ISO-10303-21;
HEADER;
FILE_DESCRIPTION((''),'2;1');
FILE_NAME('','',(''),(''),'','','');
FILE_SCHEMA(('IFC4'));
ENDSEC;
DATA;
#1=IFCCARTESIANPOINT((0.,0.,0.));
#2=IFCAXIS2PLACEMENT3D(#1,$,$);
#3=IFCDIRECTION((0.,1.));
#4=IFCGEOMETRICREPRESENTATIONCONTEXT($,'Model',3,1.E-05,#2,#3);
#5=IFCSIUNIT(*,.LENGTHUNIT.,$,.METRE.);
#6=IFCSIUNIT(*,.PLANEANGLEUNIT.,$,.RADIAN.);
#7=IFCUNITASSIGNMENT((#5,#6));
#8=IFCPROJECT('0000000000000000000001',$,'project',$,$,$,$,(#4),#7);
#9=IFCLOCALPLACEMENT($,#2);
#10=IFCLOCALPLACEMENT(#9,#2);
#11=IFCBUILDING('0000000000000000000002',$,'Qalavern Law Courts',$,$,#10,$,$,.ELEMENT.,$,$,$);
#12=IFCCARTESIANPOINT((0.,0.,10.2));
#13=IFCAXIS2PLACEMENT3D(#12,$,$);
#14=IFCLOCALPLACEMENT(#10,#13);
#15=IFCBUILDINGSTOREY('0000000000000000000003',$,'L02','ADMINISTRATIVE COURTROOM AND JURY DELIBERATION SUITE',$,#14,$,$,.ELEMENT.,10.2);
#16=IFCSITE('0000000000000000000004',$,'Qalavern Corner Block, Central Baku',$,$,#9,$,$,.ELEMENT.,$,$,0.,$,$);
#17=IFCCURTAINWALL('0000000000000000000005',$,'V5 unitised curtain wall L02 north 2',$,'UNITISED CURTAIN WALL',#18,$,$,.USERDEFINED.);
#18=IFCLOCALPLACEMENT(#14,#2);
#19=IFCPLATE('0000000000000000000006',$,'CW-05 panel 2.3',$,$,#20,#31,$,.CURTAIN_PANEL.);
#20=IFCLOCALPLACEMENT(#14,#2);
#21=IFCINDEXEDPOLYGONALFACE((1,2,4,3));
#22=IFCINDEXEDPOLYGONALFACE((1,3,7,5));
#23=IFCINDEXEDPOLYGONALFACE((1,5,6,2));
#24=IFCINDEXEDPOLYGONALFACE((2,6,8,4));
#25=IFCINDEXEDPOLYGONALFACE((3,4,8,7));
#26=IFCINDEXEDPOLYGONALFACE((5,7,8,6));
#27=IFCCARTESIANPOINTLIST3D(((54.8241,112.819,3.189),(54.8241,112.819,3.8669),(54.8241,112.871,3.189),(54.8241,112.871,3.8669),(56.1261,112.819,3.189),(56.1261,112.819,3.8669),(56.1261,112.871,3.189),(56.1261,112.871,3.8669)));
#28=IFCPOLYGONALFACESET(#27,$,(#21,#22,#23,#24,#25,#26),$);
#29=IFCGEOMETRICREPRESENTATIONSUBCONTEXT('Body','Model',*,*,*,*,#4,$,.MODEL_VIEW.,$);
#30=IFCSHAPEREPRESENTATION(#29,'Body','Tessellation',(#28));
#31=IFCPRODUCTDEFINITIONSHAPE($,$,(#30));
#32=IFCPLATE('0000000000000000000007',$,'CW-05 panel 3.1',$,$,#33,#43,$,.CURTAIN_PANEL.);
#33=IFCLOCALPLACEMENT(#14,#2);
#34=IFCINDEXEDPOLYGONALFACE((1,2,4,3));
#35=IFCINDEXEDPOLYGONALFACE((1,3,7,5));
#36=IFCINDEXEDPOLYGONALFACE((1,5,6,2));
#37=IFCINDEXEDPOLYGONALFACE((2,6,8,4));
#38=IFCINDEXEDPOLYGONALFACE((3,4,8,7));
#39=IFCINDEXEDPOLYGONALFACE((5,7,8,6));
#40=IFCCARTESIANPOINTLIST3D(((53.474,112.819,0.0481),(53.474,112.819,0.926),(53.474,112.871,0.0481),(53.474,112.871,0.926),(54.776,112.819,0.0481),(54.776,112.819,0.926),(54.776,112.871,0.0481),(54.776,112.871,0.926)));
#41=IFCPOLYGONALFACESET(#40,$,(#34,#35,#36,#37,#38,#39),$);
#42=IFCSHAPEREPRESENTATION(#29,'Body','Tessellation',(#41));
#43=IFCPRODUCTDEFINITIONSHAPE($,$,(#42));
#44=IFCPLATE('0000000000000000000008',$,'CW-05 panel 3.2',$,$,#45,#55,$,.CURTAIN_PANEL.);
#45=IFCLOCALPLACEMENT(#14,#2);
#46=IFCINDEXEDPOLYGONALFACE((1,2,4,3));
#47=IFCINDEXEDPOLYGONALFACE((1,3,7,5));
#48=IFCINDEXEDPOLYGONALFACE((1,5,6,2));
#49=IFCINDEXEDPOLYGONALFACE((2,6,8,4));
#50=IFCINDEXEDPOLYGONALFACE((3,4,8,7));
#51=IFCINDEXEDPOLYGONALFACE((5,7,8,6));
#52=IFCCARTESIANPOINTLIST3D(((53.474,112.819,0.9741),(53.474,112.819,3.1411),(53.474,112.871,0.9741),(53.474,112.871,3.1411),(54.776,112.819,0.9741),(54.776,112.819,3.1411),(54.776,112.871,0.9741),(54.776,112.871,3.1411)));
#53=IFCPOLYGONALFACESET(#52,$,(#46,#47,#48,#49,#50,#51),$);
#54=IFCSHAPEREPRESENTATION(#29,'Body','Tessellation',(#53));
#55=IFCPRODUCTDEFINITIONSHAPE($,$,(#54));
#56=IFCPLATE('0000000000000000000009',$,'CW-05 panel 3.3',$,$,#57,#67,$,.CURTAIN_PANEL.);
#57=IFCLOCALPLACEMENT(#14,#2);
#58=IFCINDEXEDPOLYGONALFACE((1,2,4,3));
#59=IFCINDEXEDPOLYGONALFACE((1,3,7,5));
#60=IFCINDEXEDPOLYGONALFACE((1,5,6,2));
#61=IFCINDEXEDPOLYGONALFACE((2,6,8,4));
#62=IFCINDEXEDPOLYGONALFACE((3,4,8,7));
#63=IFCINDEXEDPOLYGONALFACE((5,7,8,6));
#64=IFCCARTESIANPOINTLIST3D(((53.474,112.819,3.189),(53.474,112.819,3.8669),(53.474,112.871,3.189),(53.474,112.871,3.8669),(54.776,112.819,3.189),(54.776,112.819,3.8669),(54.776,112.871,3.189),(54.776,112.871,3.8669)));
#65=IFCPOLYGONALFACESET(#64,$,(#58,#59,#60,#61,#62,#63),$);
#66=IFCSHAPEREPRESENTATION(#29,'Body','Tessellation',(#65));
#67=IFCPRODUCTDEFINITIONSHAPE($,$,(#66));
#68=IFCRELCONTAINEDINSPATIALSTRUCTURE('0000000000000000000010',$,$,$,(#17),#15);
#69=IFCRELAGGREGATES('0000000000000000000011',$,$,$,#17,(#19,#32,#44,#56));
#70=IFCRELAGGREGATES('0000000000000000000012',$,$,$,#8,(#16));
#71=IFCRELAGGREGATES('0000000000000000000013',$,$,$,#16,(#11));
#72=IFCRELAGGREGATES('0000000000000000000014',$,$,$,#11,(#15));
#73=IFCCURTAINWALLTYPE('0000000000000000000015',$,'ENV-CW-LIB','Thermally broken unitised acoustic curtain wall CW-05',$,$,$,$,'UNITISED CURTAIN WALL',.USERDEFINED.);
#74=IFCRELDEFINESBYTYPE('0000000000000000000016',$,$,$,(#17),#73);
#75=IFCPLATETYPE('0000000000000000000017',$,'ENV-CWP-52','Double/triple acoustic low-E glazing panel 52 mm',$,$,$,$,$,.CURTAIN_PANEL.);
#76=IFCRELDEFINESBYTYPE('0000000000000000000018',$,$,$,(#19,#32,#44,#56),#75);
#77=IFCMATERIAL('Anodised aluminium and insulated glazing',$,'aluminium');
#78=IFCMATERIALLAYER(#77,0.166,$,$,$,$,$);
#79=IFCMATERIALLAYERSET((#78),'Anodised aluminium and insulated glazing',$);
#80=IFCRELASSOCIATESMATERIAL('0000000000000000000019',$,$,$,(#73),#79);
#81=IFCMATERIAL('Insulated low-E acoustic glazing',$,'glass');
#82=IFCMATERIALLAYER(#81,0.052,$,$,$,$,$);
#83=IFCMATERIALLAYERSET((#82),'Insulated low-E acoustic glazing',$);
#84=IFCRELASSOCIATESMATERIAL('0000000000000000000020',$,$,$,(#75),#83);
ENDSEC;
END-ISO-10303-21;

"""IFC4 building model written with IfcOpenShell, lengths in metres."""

from ifc_helpers import new_model, si_unit, direction, frame, origin, origin_2d, place, context, subcontext, project, spatial, rectangle, extrude, material, layer, layer_set, type_object, element, aggregate, save


model = new_model("IFC4")

# Units and contexts
model_context = context("Model", 3, precision=1e-05, world=origin(), true_north=direction((0.0, 1.0)))
body_context = subcontext(model_context, "Body", "Model", "MODEL_VIEW")
ifc_project = project(units=[si_unit("LENGTHUNIT", "METRE"), si_unit("PLANEANGLEUNIT", "RADIAN")], contexts=[model_context])

# Site, building, storey
site_placement = place(None, origin())
site = spatial("IfcSite", under=ifc_project, at=site_placement, Name="Qalavern Corner Block, Central Baku", CompositionType="ELEMENT", RefElevation=0.0)
building_placement = place(site_placement, origin())
building = spatial("IfcBuilding", under=site, at=building_placement, Name="Qalavern Law Courts", CompositionType="ELEMENT")
storey_placement = place(building_placement, frame((0.0, 0.0, 10.2)))
storey = spatial("IfcBuildingStorey", under=building, at=storey_placement, Name="L02", Description="ADMINISTRATIVE COURTROOM AND JURY DELIBERATION SUITE", CompositionType="ELEMENT", Elevation=10.2)

# Curtain wall
ifc_material_1 = material(Name="Anodised aluminium and insulated glazing", Category="aluminium")
ifc_layer_1 = layer(ifc_material_1, 0.166)
ifc_layer_set_1 = layer_set([ifc_layer_1], Name="Anodised aluminium and insulated glazing")
curtain_wall_type = type_object("IfcCurtainWallType", Name="ENV-CW-LIB", Description="Thermally broken unitised acoustic curtain wall CW-05", ElementType="UNITISED CURTAIN WALL", PredefinedType="USERDEFINED", material=ifc_layer_set_1)
curtain_wall_placement = place(storey_placement, origin())
curtain_wall = element("IfcCurtainWall", 1, at=curtain_wall_placement, inside=storey, type_object=curtain_wall_type, Name="V5 unitised curtain wall L02 north 2", ObjectType="UNITISED CURTAIN WALL", PredefinedType="USERDEFINED")

# Plates
ifc_material_2 = material(Name="Insulated low-E acoustic glazing", Category="glass")
ifc_layer_2 = layer(ifc_material_2, 0.052)
ifc_layer_set_2 = layer_set([ifc_layer_2], Name="Insulated low-E acoustic glazing")
plate_type = type_object("IfcPlateType", Name="ENV-CWP-52", Description="Double/triple acoustic low-E glazing panel 52 mm", PredefinedType="CURTAIN_PANEL", material=ifc_layer_set_2)
plate_1_placement = place(storey_placement, frame((55.4751, 112.845, 3.189), z_axis=(0.0, 0.0, 1.0), x_axis=(-1.0, 0.0, 0.0)))
plate_1 = element("IfcPlate", 2, at=plate_1_placement, type_object=plate_type, Name="CW-05 panel 2.3", PredefinedType="CURTAIN_PANEL", context=body_context, shape_type="SweptSolid", body=[
    extrude(rectangle(XDim=1.302, YDim=0.052, at=origin_2d()), origin(), (0.0, 0.0, 1.0), 0.678),
])
plate_2_placement = place(storey_placement, frame((54.125, 112.845, 0.0481), z_axis=(0.0, 0.0, 1.0), x_axis=(-1.0, 0.0, 0.0)))
plate_2 = element("IfcPlate", 3, at=plate_2_placement, type_object=plate_type, Name="CW-05 panel 3.1", PredefinedType="CURTAIN_PANEL", context=body_context, shape_type="SweptSolid", body=[
    extrude(rectangle(XDim=1.302, YDim=0.052, at=origin_2d()), origin(), (0.0, 0.0, 1.0), 0.8779),
])
plate_3_placement = place(storey_placement, frame((54.125, 112.845, 0.9741), z_axis=(0.0, 0.0, 1.0), x_axis=(-1.0, 0.0, 0.0)))
plate_3 = element("IfcPlate", 4, at=plate_3_placement, type_object=plate_type, Name="CW-05 panel 3.2", PredefinedType="CURTAIN_PANEL", context=body_context, shape_type="SweptSolid", body=[
    extrude(rectangle(XDim=1.302, YDim=0.052, at=origin_2d()), origin(), (0.0, 0.0, 1.0), 2.167),
])
plate_4_placement = place(storey_placement, frame((54.125, 112.845, 3.189), z_axis=(0.0, 0.0, 1.0), x_axis=(-1.0, 0.0, 0.0)))
plate_4 = element("IfcPlate", 5, at=plate_4_placement, type_object=plate_type, Name="CW-05 panel 3.3", PredefinedType="CURTAIN_PANEL", context=body_context, shape_type="SweptSolid", body=[
    extrude(rectangle(XDim=1.302, YDim=0.052, at=origin_2d()), origin(), (0.0, 0.0, 1.0), 0.678),
])
aggregate(curtain_wall, [plate_1, plate_2, plate_3, plate_4])

save(model, "model.ifc")
